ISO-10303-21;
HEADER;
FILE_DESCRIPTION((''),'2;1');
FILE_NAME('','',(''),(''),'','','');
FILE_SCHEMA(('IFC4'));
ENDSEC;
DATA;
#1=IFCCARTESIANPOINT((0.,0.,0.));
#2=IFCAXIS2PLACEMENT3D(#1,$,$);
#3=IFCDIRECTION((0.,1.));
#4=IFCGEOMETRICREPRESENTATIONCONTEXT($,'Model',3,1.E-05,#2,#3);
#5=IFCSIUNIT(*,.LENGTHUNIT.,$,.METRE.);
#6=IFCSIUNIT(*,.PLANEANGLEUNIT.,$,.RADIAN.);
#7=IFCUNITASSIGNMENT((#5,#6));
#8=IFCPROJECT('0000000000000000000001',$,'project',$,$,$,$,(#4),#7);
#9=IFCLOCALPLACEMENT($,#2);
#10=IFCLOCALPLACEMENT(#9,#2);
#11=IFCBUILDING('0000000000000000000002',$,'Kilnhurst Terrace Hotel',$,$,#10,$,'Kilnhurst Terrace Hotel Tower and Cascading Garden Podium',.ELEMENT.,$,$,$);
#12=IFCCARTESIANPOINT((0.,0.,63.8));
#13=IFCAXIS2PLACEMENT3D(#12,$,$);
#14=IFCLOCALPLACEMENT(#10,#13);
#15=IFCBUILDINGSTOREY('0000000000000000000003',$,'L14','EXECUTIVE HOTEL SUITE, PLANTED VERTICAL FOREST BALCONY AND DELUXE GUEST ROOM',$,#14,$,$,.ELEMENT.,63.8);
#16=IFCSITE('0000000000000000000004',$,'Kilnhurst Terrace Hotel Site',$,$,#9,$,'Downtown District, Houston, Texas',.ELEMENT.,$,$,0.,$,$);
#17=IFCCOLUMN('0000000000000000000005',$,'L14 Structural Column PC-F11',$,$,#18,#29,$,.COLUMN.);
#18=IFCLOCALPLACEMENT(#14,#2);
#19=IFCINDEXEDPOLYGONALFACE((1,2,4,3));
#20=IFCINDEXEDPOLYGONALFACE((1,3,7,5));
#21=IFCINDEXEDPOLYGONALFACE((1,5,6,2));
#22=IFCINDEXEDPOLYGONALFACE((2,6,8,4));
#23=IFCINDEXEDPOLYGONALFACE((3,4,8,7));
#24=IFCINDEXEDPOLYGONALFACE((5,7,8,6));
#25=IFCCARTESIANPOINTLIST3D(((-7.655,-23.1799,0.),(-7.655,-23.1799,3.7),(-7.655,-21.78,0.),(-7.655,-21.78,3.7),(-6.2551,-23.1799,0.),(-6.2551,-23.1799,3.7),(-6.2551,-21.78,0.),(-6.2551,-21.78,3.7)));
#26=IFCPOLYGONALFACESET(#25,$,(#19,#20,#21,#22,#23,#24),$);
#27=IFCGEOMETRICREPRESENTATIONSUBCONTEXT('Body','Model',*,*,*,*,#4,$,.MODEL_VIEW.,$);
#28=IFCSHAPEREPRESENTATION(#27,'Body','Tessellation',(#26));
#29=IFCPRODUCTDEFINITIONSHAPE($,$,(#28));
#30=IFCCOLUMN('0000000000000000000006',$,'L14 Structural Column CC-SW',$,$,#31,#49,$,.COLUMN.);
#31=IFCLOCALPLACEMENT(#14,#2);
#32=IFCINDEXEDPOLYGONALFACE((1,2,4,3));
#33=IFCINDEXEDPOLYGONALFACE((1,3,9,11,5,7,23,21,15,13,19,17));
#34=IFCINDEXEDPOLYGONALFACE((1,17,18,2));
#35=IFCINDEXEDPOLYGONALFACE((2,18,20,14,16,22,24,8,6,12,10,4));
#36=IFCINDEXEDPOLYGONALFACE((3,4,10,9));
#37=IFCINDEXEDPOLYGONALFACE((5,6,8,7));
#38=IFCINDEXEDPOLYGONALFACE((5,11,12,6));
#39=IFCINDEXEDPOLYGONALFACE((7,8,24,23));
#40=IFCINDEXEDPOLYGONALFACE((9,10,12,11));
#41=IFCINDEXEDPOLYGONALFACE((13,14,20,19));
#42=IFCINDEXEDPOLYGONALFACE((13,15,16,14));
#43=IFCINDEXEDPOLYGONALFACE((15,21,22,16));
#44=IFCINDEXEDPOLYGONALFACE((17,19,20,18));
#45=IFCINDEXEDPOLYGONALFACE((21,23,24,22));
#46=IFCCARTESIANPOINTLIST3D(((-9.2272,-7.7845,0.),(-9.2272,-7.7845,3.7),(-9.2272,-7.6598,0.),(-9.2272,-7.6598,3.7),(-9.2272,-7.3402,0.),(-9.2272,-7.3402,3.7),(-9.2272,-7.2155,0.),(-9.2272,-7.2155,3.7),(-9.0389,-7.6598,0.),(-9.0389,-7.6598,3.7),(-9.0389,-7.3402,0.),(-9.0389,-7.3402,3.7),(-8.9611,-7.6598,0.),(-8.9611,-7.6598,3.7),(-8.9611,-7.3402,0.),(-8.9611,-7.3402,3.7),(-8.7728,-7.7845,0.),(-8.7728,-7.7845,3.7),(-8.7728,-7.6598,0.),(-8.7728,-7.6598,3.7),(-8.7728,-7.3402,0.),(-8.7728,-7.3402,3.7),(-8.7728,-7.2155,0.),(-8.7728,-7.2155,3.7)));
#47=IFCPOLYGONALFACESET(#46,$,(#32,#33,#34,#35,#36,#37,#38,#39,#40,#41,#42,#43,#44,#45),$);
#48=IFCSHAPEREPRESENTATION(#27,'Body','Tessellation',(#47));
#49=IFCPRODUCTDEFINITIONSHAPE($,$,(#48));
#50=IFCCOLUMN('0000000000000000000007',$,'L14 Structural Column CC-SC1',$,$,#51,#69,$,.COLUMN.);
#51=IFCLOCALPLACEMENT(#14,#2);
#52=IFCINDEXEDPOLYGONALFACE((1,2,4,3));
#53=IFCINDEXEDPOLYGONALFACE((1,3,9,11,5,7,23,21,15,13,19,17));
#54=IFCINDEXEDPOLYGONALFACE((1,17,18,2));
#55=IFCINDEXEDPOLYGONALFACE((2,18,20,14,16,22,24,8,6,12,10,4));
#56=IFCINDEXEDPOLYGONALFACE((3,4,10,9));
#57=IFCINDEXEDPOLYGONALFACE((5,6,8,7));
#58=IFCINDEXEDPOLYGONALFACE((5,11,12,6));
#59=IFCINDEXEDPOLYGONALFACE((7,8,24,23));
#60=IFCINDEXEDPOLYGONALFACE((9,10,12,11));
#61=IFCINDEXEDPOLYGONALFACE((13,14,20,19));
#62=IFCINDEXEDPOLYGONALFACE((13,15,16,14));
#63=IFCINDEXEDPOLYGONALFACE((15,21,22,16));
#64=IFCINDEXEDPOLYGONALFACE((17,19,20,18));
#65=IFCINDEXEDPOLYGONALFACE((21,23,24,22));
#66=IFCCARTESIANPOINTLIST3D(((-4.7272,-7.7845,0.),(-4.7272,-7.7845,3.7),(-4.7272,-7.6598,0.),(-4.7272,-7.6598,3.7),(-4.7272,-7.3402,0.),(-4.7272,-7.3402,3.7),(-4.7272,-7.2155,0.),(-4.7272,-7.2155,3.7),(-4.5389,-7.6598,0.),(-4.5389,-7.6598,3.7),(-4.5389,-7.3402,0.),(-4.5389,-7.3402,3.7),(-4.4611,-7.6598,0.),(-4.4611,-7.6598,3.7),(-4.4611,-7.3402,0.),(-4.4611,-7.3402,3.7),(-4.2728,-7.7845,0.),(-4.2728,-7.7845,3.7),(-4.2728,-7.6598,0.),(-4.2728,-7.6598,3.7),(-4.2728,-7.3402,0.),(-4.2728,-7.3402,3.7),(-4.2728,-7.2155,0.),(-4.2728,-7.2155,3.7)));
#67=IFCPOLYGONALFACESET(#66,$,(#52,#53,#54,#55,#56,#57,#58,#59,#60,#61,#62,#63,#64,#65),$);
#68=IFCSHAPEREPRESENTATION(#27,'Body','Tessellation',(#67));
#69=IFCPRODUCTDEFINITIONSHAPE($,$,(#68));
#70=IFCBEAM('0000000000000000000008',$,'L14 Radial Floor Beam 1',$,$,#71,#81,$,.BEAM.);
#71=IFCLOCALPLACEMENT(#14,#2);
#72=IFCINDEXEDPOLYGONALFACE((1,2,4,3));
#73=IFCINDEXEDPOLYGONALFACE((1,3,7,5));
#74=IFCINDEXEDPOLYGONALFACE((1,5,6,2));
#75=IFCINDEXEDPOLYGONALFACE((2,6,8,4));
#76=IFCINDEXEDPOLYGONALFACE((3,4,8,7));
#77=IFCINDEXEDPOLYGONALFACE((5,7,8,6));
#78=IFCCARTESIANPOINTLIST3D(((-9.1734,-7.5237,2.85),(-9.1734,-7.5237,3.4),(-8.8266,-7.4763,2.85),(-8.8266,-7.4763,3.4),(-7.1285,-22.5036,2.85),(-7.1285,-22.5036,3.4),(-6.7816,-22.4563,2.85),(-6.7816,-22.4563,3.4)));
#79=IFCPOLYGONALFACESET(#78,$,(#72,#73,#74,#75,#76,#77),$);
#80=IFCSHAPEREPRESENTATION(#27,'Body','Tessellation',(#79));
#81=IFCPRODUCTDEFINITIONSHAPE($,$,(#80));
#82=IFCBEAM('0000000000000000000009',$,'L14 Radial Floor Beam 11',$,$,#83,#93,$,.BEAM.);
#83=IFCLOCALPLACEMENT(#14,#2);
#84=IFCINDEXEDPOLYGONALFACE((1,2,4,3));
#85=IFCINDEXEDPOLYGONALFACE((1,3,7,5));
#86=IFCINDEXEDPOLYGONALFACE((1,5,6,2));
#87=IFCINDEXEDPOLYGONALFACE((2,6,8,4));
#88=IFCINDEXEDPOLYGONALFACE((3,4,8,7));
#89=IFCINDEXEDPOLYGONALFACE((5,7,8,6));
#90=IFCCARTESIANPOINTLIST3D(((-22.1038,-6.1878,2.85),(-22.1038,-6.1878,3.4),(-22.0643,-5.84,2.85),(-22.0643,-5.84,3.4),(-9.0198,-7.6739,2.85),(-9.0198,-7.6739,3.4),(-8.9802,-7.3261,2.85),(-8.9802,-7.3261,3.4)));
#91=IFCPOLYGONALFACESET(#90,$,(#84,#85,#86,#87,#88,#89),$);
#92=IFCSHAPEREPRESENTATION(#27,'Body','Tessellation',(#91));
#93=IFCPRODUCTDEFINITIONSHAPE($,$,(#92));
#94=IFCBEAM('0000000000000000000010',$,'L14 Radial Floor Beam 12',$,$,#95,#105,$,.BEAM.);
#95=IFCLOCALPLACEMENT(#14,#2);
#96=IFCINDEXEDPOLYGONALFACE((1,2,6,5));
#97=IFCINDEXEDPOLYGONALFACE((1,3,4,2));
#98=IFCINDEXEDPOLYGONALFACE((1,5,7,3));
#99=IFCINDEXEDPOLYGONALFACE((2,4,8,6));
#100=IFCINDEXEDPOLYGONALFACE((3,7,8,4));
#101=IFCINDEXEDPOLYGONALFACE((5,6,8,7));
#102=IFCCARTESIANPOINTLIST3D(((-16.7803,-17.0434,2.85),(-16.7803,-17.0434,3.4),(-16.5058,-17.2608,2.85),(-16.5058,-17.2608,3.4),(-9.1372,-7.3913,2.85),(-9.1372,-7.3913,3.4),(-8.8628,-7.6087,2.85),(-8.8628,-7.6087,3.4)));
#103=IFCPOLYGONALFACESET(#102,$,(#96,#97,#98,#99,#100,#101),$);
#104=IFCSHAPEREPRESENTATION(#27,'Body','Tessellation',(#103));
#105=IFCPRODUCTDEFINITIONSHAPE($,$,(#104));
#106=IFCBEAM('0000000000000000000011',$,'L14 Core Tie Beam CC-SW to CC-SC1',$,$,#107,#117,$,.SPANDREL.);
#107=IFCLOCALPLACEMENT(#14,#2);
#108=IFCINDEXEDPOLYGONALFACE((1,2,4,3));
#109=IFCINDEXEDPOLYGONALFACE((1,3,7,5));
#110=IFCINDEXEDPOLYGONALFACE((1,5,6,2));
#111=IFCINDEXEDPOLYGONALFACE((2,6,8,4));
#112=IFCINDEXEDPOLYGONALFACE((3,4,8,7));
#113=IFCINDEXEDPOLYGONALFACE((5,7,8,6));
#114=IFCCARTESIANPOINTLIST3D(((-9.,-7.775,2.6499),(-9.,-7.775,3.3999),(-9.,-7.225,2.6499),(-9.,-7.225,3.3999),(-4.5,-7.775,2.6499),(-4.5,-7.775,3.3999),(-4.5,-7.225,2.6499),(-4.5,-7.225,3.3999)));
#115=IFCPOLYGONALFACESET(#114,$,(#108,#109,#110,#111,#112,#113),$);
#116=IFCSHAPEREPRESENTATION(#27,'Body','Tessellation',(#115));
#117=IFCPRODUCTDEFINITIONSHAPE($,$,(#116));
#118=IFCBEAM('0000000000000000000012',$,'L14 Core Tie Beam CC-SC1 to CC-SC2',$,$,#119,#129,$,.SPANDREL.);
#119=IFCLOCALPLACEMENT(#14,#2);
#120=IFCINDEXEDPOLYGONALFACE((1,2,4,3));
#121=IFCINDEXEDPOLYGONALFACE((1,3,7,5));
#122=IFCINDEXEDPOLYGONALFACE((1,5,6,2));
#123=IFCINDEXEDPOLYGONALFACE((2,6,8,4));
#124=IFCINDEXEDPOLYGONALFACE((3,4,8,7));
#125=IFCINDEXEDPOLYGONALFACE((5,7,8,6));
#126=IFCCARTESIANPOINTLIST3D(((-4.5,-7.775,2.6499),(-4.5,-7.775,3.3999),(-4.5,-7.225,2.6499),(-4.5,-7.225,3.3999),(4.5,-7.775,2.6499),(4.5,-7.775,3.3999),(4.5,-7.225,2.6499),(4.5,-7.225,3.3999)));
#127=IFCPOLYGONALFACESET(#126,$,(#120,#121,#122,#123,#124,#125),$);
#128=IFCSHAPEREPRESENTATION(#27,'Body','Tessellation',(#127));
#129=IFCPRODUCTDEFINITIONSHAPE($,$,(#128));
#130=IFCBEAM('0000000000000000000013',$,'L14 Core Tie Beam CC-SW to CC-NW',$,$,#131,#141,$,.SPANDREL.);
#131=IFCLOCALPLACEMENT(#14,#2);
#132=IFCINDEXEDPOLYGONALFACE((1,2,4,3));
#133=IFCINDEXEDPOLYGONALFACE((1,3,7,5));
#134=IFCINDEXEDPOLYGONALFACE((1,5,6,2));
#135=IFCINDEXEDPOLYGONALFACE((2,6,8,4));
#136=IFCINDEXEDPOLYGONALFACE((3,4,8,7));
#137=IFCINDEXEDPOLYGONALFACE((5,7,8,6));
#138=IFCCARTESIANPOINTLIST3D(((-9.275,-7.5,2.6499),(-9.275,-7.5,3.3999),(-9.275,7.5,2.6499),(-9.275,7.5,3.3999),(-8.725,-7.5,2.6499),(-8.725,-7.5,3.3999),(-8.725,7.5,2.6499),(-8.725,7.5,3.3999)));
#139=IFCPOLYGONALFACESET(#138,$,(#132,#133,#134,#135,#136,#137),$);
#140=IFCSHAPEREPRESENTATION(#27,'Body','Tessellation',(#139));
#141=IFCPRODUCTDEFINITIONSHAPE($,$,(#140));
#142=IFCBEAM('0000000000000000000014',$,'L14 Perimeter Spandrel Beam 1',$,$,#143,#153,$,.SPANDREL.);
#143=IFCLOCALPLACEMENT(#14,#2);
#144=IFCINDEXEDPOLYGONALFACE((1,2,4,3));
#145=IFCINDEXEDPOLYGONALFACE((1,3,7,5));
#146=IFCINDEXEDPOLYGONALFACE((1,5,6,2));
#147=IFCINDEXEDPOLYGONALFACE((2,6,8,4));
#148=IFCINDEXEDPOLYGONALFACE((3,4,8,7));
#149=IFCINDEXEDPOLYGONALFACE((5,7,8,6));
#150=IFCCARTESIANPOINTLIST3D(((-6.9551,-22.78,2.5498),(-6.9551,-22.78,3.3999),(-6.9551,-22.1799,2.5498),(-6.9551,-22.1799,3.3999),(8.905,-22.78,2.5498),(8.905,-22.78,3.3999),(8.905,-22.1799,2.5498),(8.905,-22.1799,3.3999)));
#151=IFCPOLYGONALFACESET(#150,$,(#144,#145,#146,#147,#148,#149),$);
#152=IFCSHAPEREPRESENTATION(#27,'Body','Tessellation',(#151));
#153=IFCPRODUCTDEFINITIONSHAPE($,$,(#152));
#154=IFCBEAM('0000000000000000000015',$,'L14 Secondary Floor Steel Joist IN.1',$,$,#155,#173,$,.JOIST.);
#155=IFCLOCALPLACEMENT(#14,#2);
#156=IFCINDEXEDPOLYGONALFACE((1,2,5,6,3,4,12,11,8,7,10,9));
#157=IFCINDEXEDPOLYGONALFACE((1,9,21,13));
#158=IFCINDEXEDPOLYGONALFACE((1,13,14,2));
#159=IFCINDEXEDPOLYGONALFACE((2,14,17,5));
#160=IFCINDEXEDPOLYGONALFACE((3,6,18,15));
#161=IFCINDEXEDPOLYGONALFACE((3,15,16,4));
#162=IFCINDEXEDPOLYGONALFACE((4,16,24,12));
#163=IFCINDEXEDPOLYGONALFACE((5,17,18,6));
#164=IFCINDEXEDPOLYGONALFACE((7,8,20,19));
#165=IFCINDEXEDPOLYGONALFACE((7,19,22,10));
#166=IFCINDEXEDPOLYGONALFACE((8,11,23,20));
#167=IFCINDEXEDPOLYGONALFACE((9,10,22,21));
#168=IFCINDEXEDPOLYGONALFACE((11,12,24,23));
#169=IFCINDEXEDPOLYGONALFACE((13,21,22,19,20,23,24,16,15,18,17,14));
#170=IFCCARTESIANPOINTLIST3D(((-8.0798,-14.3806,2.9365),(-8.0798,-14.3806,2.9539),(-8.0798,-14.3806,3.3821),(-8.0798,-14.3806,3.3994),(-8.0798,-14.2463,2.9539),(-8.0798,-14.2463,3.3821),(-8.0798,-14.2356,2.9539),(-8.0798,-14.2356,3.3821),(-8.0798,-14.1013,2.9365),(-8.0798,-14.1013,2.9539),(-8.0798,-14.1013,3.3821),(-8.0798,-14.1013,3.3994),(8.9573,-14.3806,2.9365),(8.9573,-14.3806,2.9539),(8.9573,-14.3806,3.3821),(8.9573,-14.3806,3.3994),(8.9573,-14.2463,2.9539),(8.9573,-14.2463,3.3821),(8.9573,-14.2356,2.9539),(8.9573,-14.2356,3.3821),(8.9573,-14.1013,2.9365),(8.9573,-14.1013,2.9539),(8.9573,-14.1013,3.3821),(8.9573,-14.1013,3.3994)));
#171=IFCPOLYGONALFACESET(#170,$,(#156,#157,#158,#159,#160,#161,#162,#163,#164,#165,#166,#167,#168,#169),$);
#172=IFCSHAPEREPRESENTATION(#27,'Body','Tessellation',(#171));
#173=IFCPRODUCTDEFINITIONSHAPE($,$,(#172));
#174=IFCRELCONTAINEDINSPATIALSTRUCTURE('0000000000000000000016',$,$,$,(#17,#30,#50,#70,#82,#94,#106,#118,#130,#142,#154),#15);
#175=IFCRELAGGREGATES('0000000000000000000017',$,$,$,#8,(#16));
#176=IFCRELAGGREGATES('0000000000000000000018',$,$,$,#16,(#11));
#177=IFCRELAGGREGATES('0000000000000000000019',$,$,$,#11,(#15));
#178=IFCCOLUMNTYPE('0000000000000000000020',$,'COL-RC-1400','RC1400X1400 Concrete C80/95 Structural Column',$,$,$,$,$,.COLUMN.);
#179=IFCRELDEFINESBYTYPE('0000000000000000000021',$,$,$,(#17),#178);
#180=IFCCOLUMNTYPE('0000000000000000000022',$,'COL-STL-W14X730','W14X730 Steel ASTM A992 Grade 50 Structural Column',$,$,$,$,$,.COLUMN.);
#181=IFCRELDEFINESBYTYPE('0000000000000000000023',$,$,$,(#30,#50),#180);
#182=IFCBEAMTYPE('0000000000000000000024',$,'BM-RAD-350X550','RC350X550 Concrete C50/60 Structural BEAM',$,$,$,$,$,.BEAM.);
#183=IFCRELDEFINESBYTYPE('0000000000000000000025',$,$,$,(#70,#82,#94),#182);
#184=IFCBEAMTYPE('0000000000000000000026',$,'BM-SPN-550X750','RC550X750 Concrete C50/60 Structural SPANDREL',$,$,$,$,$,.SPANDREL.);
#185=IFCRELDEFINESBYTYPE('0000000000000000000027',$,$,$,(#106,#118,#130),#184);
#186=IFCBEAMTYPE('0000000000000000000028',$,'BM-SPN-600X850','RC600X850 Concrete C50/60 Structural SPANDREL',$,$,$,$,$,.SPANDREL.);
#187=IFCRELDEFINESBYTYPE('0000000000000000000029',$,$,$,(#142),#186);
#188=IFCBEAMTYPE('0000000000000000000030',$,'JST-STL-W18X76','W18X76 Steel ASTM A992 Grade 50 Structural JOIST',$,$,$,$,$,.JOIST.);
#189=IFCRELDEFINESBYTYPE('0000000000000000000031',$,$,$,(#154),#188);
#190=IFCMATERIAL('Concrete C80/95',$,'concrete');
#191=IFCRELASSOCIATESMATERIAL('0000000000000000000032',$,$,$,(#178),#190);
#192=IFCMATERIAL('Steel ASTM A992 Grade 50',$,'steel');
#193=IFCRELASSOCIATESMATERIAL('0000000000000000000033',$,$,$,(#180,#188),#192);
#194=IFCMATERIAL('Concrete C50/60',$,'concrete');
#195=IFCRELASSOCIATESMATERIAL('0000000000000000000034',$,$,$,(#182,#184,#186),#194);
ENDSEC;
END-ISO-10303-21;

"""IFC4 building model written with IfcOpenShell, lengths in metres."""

from ifc_helpers import new_model, si_unit, direction, frame, origin, origin_2d, place, context, subcontext, project, spatial, rectangle, i_section, extrude, material, material_profile, profile_set, type_object, element, save


model = new_model("IFC4")

# Units and contexts
model_context = context("Model", 3, precision=1e-05, world=origin(), true_north=direction((0.0, 1.0)))
body_context = subcontext(model_context, "Body", "Model", "MODEL_VIEW")
ifc_project = project(units=[si_unit("LENGTHUNIT", "METRE"), si_unit("PLANEANGLEUNIT", "RADIAN")], contexts=[model_context])

# Site, building, storey
site_placement = place(None, origin())
site = spatial("IfcSite", under=ifc_project, at=site_placement, Name="Kilnhurst Terrace Hotel Site", LongName="Downtown District, Houston, Texas", CompositionType="ELEMENT", RefElevation=0.0)
building_placement = place(site_placement, origin())
building = spatial("IfcBuilding", under=site, at=building_placement, Name="Kilnhurst Terrace Hotel", LongName="Kilnhurst Terrace Hotel Tower and Cascading Garden Podium", CompositionType="ELEMENT")
storey_placement = place(building_placement, frame((0.0, 0.0, 63.8)))
storey = spatial("IfcBuildingStorey", under=building, at=storey_placement, Name="L14", Description="EXECUTIVE HOTEL SUITE, PLANTED VERTICAL FOREST BALCONY AND DELUXE GUEST ROOM", CompositionType="ELEMENT", Elevation=63.8)

# Columns
ifc_material_1 = material(Name="Concrete C80/95", Category="concrete")
ifc_material_profile_1 = material_profile(ifc_material_1, rectangle(XDim=1.3999, YDim=1.3999, at=origin_2d()), Name="RC1400X1400")
ifc_profile_set_1 = profile_set([ifc_material_profile_1], Name="Concrete C80/95")
column_type_1 = type_object("IfcColumnType", Name="COL-RC-1400", Description="RC1400X1400 Concrete C80/95 Structural Column", PredefinedType="COLUMN", material=ifc_profile_set_1)
column_placement = place(storey_placement, frame((-6.9551, -22.48, 0.0), z_axis=(0.0, 0.0, 1.0), x_axis=(1.0, 0.0, 0.0)))
element("IfcColumn", 1, at=column_placement, inside=storey, type_object=column_type_1, Name="L14 Structural Column PC-F11", PredefinedType="COLUMN", context=body_context, shape_type="SweptSolid", body=[
    extrude(rectangle(XDim=1.3999, YDim=1.3999, at=origin_2d()), origin(), (0.0, 0.0, 1.0), 3.7),
])
ifc_material_2 = material(Name="Steel ASTM A992 Grade 50", Category="steel")
ifc_material_profile_2 = material_profile(ifc_material_2, i_section(OverallWidth=0.4543, OverallDepth=0.5691, WebThickness=0.0779, FlangeThickness=0.1248, at=origin_2d()), Name="W14X730")
ifc_profile_set_2 = profile_set([ifc_material_profile_2], Name="Steel ASTM A992 Grade 50")
column_type_2 = type_object("IfcColumnType", Name="COL-STL-W14X730", Description="W14X730 Steel ASTM A992 Grade 50 Structural Column", PredefinedType="COLUMN", material=ifc_profile_set_2)
for number, where, z_axis, x_axis, name in (
    (2, (-9.0, -7.5, 0.0), (0.0, 0.0, 1.0), (1.0, 0.0, 0.0), "L14 Structural Column CC-SW"),
    (3, (-4.5, -7.5, 0.0), (0.0, 0.0, 1.0), (1.0, 0.0, 0.0), "L14 Structural Column CC-SC1"),
):
    element("IfcColumn", number, at=place(storey_placement, frame(where, z_axis=z_axis, x_axis=x_axis)), inside=storey, type_object=column_type_2, Name=name, PredefinedType="COLUMN", context=body_context, shape_type="SweptSolid", body=[
        extrude(i_section(OverallWidth=0.4543, OverallDepth=0.5691, WebThickness=0.0779, FlangeThickness=0.1248, at=origin_2d()), origin(), (0.0, 0.0, 1.0), 3.7),
    ])

# Beams
ifc_material_3 = material(Name="Concrete C50/60", Category="concrete")
ifc_material_profile_3 = material_profile(ifc_material_3, rectangle(XDim=0.3501, YDim=0.55, at=origin_2d()), Name="RC350X550")
ifc_profile_set_3 = profile_set([ifc_material_profile_3], Name="Concrete C50/60")
beam_type_1 = type_object("IfcBeamType", Name="BM-RAD-350X550", Description="RC350X550 Concrete C50/60 Structural BEAM", PredefinedType="BEAM", material=ifc_profile_set_3)
beam_1_placement = place(storey_placement, frame((-9.0, -7.5, 3.125), z_axis=(0.135256, -0.990811, 0.0), x_axis=(0.990811, 0.135256, 0.0)))
element("IfcBeam", 4, at=beam_1_placement, inside=storey, type_object=beam_type_1, Name="L14 Radial Floor Beam 1", PredefinedType="BEAM", context=body_context, shape_type="SweptSolid", body=[
    extrude(rectangle(XDim=0.3501, YDim=0.55, at=origin_2d()), origin(), (0.0, 0.0, 1.0), 15.1189),
])
beam_2_placement = place(storey_placement, frame((-9.0, -7.5, 3.125), z_axis=(-0.993611, 0.112855, 0.0), x_axis=(-0.112855, -0.993611, 0.0)))
element("IfcBeam", 5, at=beam_2_placement, inside=storey, type_object=beam_type_1, Name="L14 Radial Floor Beam 11", PredefinedType="BEAM", context=body_context, shape_type="SweptSolid", body=[
    extrude(rectangle(XDim=0.3501, YDim=0.55, at=origin_2d()), origin(), (0.0, 0.0, 1.0), 13.1682),
])
beam_3_placement = place(storey_placement, frame((-9.0, -7.5, 3.125), z_axis=(-0.620794, -0.783974, 0.0), x_axis=(0.783974, -0.620794, 0.0)))
element("IfcBeam", 6, at=beam_3_placement, inside=storey, type_object=beam_type_1, Name="L14 Radial Floor Beam 12", PredefinedType="BEAM", context=body_context, shape_type="SweptSolid", body=[
    extrude(rectangle(XDim=0.3501, YDim=0.55, at=origin_2d()), origin(), (0.0, 0.0, 1.0), 12.3118),
])
ifc_material_profile_4 = material_profile(ifc_material_3, rectangle(XDim=0.55, YDim=0.75, at=origin_2d()), Name="RC550X750")
ifc_profile_set_4 = profile_set([ifc_material_profile_4], Name="Concrete C50/60")
beam_type_2 = type_object("IfcBeamType", Name="BM-SPN-550X750", Description="RC550X750 Concrete C50/60 Structural SPANDREL", PredefinedType="SPANDREL", material=ifc_profile_set_4)
beam_4_placement = place(storey_placement, frame((-9.0, -7.5, 3.0249), z_axis=(1.0, 0.0, 0.0), x_axis=(0.0, 1.0, 0.0)))
element("IfcBeam", 7, at=beam_4_placement, inside=storey, type_object=beam_type_2, Name="L14 Core Tie Beam CC-SW to CC-SC1", PredefinedType="SPANDREL", context=body_context, shape_type="SweptSolid", body=[
    extrude(rectangle(XDim=0.55, YDim=0.75, at=origin_2d()), origin(), (0.0, 0.0, 1.0), 4.5),
])
beam_5_placement = place(storey_placement, frame((-4.5, -7.5, 3.0249), z_axis=(1.0, 0.0, 0.0), x_axis=(0.0, 1.0, 0.0)))
element("IfcBeam", 8, at=beam_5_placement, inside=storey, type_object=beam_type_2, Name="L14 Core Tie Beam CC-SC1 to CC-SC2", PredefinedType="SPANDREL", context=body_context, shape_type="SweptSolid", body=[
    extrude(rectangle(XDim=0.55, YDim=0.75, at=origin_2d()), origin(), (0.0, 0.0, 1.0), 9.0),
])
beam_6_placement = place(storey_placement, frame((-9.0, -7.5, 3.0249), z_axis=(0.0, 1.0, 0.0), x_axis=(-1.0, 0.0, 0.0)))
element("IfcBeam", 9, at=beam_6_placement, inside=storey, type_object=beam_type_2, Name="L14 Core Tie Beam CC-SW to CC-NW", PredefinedType="SPANDREL", context=body_context, shape_type="SweptSolid", body=[
    extrude(rectangle(XDim=0.55, YDim=0.75, at=origin_2d()), origin(), (0.0, 0.0, 1.0), 15.0),
])
ifc_material_profile_5 = material_profile(ifc_material_3, rectangle(XDim=0.6001, YDim=0.8501, at=origin_2d()), Name="RC600X850")
ifc_profile_set_5 = profile_set([ifc_material_profile_5], Name="Concrete C50/60")
beam_type_3 = type_object("IfcBeamType", Name="BM-SPN-600X850", Description="RC600X850 Concrete C50/60 Structural SPANDREL", PredefinedType="SPANDREL", material=ifc_profile_set_5)
beam_7_placement = place(storey_placement, frame((-6.9551, -22.48, 2.9749), z_axis=(1.0, 0.0, 0.0), x_axis=(0.0, 1.0, 0.0)))
element("IfcBeam", 10, at=beam_7_placement, inside=storey, type_object=beam_type_3, Name="L14 Perimeter Spandrel Beam 1", PredefinedType="SPANDREL", context=body_context, shape_type="SweptSolid", body=[
    extrude(rectangle(XDim=0.6001, YDim=0.8501, at=origin_2d()), origin(), (0.0, 0.0, 1.0), 15.8601),
])
ifc_material_profile_6 = material_profile(ifc_material_2, i_section(OverallWidth=0.2793, OverallDepth=0.4629, WebThickness=0.0107, FlangeThickness=0.0173, at=origin_2d()), Name="W18X76")
ifc_profile_set_6 = profile_set([ifc_material_profile_6], Name="Steel ASTM A992 Grade 50")
beam_type_4 = type_object("IfcBeamType", Name="JST-STL-W18X76", Description="W18X76 Steel ASTM A992 Grade 50 Structural JOIST", PredefinedType="JOIST", material=ifc_profile_set_6)
beam_8_placement = place(storey_placement, frame((-8.0798, -14.241, 3.168), z_axis=(1.0, 0.0, 0.0), x_axis=(0.0, 1.0, 0.0)))
element("IfcBeam", 11, at=beam_8_placement, inside=storey, type_object=beam_type_4, Name="L14 Secondary Floor Steel Joist IN.1", PredefinedType="JOIST", context=body_context, shape_type="SweptSolid", body=[
    extrude(i_section(OverallWidth=0.2793, OverallDepth=0.4629, WebThickness=0.0107, FlangeThickness=0.0173, at=origin_2d()), origin(), (0.0, 0.0, 1.0), 17.0371),
])

save(model, "model.ifc")
